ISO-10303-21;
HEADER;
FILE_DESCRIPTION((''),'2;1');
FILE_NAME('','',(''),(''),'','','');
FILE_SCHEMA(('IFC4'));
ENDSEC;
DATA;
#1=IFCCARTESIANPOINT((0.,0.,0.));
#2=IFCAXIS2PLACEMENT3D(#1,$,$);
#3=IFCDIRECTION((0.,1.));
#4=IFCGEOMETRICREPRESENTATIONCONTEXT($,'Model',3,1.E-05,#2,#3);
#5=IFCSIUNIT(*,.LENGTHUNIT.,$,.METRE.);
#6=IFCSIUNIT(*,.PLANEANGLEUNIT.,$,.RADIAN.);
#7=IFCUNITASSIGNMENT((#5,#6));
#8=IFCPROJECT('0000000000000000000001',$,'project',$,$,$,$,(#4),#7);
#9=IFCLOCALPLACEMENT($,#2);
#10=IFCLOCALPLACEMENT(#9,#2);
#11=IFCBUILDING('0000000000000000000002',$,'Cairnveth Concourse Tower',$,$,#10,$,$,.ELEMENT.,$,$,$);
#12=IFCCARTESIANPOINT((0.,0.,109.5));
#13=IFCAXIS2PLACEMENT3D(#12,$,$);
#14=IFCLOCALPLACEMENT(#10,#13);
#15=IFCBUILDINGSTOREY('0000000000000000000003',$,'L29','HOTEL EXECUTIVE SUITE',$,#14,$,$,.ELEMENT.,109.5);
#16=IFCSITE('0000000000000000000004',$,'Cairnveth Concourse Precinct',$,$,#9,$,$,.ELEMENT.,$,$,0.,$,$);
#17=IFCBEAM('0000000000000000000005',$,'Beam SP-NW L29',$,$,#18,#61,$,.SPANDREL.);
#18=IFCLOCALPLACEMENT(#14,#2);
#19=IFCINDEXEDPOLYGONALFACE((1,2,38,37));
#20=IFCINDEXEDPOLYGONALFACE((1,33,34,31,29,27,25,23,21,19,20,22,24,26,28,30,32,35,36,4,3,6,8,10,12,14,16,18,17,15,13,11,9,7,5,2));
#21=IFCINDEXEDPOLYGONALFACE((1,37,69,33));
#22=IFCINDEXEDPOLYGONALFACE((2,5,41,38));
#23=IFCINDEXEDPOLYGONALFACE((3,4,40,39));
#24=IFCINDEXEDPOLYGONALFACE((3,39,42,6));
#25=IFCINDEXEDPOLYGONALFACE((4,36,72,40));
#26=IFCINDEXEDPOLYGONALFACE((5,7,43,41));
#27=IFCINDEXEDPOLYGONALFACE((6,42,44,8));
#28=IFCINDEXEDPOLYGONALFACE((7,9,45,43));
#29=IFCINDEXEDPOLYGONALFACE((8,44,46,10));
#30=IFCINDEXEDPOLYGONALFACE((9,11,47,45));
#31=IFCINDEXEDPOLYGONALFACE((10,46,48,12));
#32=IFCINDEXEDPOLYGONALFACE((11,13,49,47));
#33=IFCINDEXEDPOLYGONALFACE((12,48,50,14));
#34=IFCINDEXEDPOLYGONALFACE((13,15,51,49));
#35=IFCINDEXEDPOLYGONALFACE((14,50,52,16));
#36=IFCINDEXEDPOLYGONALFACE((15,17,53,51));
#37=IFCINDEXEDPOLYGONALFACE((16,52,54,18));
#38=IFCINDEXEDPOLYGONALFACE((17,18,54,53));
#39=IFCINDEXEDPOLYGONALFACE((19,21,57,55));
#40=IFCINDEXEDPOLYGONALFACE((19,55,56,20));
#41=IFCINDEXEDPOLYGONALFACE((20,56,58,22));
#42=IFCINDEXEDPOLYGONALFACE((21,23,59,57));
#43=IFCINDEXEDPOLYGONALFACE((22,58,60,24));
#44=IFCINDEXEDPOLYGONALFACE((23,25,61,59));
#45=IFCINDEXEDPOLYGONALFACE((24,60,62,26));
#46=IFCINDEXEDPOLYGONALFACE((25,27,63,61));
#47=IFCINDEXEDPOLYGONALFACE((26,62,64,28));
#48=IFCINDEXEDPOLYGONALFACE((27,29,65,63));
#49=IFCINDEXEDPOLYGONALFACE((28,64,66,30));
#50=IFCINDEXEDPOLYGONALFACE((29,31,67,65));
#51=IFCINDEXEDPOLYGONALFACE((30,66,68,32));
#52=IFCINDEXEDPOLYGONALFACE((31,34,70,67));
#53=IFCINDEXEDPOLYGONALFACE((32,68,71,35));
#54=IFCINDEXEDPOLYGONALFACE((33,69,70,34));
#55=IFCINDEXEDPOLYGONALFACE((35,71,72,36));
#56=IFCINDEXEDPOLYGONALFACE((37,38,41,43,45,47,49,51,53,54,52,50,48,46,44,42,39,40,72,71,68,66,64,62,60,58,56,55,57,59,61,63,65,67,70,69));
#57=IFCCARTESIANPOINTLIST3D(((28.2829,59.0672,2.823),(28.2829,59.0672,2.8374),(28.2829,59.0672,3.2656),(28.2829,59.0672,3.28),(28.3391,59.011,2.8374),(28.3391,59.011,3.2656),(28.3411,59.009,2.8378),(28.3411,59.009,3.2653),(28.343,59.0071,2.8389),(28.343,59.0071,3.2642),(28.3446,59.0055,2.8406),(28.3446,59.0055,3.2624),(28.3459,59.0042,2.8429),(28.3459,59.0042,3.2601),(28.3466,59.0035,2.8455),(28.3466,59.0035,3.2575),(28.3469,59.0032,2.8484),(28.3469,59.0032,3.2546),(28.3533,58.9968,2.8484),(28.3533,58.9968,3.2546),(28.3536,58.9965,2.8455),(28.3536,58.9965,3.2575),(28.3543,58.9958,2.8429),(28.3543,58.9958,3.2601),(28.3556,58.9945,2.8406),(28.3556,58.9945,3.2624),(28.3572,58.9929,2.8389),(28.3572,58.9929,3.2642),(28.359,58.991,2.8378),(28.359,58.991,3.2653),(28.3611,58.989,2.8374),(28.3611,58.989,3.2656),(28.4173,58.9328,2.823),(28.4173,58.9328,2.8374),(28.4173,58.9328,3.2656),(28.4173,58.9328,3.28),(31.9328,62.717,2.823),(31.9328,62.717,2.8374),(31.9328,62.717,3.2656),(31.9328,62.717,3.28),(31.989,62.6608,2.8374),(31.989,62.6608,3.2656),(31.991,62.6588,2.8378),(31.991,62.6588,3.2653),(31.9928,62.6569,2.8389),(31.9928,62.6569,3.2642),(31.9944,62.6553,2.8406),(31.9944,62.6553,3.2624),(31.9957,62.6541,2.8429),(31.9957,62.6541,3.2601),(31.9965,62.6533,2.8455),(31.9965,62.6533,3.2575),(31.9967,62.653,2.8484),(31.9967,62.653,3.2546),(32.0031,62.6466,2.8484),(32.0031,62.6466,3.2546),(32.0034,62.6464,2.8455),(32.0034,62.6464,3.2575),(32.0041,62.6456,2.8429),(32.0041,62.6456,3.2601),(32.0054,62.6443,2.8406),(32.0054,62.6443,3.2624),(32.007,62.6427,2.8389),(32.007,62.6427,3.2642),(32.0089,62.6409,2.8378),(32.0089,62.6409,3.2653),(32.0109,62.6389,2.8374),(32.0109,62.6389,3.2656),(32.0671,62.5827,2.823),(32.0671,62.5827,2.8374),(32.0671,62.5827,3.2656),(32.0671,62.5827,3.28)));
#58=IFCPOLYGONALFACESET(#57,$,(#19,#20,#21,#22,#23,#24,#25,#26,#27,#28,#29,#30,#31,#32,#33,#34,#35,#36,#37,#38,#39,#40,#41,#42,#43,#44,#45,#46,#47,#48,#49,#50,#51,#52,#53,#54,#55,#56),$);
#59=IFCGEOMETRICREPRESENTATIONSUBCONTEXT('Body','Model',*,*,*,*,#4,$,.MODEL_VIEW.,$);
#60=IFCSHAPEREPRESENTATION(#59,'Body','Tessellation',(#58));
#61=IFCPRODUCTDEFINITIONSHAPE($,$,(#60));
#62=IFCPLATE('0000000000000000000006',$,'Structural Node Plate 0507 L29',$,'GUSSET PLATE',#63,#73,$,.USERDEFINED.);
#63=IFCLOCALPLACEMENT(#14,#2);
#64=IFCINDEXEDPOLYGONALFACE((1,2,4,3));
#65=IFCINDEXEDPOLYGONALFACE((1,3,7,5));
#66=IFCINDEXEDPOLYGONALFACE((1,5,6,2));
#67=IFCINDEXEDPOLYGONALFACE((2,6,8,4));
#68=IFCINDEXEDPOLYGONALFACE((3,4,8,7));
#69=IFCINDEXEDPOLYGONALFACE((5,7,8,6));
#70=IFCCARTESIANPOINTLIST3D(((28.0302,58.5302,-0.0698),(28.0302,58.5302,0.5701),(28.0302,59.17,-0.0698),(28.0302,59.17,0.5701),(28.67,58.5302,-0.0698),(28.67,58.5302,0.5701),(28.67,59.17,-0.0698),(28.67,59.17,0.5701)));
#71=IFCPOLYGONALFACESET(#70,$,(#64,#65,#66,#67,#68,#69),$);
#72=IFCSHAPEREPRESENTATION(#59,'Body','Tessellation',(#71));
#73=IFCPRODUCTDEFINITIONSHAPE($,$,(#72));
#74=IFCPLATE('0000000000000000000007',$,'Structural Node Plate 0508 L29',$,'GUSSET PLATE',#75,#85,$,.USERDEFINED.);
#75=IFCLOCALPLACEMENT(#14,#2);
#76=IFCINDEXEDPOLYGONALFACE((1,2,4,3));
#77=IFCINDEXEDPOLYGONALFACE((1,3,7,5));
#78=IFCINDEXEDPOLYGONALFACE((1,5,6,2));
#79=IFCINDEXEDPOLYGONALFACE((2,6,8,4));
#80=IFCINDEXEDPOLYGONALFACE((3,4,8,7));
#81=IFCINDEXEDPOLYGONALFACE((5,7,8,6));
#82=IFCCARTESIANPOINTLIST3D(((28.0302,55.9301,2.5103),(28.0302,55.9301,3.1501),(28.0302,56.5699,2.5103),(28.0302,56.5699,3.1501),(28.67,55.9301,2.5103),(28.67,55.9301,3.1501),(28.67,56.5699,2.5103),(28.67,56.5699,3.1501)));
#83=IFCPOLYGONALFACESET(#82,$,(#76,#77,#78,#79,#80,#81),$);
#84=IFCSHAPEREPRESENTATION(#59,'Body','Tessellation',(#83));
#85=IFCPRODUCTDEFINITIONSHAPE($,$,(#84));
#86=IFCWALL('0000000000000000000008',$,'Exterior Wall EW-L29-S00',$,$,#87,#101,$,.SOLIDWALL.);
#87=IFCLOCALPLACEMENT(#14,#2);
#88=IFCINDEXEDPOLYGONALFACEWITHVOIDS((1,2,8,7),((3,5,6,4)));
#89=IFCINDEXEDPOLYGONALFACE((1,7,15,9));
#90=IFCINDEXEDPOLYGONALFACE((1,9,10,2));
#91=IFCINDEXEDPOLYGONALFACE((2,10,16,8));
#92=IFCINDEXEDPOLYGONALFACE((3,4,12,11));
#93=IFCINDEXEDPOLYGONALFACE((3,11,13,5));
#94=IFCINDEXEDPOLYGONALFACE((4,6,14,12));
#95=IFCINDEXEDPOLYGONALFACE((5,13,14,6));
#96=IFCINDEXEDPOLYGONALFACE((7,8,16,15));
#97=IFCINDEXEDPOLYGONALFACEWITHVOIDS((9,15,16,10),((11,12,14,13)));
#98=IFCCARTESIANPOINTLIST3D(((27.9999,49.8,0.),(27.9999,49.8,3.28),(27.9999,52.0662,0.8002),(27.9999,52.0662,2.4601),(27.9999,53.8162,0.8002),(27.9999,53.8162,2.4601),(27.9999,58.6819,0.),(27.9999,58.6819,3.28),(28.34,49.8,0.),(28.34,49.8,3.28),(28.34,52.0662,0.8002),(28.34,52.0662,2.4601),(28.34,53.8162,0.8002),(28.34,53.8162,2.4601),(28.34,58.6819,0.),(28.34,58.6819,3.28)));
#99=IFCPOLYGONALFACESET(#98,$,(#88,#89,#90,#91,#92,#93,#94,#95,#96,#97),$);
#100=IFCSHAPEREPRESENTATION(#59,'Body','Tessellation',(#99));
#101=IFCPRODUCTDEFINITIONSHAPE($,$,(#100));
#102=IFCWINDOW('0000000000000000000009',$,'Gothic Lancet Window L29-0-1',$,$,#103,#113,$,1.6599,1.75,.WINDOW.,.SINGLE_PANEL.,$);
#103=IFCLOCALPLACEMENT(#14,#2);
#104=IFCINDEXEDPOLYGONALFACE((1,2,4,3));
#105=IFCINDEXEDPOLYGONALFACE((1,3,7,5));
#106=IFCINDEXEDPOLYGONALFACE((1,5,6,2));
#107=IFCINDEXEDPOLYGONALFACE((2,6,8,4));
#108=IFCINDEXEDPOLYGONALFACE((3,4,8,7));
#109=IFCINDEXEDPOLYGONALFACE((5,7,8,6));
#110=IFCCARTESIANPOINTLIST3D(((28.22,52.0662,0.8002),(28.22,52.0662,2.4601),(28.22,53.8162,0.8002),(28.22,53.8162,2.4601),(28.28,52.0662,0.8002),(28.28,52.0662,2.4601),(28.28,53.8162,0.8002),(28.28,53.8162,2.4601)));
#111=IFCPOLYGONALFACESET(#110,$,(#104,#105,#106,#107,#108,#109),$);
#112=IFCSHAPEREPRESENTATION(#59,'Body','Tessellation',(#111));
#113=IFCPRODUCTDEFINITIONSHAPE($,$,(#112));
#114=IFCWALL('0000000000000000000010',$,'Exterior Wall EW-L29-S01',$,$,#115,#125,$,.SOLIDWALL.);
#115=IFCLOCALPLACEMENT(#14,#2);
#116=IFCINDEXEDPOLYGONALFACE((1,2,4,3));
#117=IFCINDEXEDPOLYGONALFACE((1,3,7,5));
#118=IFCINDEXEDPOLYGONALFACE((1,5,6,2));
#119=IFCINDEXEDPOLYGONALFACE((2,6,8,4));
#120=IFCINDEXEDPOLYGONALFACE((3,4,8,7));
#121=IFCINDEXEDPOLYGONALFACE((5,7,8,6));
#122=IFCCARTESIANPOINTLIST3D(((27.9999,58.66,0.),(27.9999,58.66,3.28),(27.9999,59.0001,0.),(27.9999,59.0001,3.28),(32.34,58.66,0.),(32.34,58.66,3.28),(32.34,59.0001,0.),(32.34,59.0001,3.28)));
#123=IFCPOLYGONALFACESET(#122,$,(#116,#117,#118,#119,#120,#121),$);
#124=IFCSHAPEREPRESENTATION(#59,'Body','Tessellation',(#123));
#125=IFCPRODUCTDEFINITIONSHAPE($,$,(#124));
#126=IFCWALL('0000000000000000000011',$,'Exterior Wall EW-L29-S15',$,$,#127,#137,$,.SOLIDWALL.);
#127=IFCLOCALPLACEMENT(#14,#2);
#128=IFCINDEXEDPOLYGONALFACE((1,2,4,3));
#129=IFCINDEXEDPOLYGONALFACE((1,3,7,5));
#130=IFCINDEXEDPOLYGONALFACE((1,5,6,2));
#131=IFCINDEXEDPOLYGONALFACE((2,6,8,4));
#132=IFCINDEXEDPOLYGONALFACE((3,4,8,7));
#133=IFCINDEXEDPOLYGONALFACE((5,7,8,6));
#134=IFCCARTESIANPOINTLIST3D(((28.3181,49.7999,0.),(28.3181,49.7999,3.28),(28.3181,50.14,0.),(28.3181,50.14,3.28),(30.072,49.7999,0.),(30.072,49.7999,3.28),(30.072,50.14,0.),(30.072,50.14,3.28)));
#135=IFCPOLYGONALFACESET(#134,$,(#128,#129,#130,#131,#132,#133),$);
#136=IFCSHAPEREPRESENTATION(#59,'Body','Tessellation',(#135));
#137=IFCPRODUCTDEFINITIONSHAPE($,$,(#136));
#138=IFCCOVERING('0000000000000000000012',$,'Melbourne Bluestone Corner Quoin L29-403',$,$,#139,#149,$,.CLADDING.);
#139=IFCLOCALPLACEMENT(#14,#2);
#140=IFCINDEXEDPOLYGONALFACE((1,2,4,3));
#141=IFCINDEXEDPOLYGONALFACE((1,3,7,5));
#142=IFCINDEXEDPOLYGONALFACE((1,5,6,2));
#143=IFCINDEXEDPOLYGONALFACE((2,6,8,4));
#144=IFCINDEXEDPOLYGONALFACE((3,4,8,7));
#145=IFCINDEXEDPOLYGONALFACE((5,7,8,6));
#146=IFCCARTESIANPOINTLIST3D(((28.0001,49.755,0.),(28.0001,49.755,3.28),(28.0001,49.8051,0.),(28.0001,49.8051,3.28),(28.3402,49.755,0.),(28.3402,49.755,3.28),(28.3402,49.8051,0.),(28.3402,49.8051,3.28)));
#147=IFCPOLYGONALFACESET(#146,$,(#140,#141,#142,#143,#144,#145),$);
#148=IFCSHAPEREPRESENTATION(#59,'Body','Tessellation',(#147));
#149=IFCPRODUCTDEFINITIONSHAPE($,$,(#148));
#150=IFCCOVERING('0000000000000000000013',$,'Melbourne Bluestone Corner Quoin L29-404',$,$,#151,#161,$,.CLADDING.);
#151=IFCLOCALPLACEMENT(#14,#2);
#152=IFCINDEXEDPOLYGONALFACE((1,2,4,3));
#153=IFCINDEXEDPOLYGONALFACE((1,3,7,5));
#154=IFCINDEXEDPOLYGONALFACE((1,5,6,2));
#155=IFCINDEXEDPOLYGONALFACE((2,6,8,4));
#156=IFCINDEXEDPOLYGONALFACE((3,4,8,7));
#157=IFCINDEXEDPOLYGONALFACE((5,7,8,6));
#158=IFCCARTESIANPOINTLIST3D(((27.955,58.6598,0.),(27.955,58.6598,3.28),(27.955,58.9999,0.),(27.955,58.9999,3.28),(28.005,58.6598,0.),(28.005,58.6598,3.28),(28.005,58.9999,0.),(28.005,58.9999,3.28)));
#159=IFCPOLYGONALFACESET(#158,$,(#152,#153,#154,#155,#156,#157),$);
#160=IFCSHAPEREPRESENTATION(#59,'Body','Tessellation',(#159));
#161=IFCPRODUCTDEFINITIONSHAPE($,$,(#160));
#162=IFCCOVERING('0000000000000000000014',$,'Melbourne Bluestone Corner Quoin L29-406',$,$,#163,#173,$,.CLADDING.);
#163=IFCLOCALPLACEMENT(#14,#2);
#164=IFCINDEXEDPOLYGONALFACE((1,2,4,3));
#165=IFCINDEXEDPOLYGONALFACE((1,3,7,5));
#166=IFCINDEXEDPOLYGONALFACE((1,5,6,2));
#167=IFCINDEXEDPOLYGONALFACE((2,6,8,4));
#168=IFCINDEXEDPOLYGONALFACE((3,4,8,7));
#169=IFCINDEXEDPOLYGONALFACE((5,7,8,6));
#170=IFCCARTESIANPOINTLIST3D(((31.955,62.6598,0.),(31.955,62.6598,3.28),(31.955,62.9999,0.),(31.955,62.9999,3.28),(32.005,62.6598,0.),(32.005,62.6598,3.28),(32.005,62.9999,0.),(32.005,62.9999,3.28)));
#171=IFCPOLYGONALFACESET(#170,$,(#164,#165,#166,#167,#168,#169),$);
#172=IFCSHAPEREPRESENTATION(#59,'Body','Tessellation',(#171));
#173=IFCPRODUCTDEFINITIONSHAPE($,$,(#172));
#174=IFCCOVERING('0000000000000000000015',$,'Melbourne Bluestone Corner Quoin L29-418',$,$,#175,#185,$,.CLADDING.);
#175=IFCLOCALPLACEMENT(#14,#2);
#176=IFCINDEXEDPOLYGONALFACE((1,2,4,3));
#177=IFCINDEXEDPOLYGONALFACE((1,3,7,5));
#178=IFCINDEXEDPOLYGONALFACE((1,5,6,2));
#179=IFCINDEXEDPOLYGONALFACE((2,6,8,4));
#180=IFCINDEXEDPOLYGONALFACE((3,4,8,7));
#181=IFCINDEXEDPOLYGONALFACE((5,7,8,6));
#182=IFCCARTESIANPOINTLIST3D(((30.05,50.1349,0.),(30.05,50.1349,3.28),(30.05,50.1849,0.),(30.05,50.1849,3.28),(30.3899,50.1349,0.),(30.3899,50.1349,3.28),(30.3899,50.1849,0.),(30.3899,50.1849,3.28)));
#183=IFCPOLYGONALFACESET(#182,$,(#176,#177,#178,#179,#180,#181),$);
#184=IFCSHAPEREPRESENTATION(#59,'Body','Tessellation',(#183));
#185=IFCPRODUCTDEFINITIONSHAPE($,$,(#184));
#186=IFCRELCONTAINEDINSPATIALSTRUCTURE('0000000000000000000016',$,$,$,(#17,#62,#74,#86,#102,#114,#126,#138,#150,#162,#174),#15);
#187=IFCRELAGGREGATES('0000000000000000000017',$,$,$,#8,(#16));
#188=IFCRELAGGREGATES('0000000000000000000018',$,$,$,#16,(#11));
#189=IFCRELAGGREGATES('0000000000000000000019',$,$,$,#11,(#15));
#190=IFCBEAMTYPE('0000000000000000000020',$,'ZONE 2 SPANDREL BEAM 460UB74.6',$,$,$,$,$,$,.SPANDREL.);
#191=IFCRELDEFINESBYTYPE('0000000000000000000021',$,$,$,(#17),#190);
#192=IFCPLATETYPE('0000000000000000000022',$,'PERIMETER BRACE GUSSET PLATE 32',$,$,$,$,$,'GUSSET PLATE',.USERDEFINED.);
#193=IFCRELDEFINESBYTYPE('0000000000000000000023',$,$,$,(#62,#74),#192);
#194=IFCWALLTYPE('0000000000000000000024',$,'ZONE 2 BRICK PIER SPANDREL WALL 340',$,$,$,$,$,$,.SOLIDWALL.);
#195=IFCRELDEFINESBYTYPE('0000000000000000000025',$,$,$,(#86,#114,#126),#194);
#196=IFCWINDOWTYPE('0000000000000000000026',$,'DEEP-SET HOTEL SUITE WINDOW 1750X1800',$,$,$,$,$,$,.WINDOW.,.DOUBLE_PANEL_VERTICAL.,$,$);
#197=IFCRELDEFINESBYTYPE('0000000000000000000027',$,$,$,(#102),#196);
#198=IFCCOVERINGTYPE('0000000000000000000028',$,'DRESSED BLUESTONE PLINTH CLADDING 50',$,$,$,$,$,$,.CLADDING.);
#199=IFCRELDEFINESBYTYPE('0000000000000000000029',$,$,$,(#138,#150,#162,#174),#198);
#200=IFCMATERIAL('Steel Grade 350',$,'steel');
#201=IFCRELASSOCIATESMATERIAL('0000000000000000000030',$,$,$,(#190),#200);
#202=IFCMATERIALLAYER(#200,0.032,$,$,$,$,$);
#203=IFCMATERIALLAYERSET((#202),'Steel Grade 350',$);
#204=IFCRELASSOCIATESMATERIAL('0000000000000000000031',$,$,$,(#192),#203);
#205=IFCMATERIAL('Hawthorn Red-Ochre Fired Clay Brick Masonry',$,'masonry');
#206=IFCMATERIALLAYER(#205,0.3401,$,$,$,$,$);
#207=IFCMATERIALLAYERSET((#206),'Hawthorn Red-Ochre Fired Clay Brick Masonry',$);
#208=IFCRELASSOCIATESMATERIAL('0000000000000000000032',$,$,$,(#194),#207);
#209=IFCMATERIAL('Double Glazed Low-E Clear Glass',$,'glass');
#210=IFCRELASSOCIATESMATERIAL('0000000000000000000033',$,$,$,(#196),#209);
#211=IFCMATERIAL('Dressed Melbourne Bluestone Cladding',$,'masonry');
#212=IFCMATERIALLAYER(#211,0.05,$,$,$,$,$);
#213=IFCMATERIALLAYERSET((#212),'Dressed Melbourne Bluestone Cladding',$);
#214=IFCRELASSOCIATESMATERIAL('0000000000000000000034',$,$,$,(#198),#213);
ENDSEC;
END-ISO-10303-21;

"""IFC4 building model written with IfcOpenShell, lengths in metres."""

from ifc_helpers import new_model, si_unit, direction, frame, frame_2d, origin, origin_2d, place, context, subcontext, project, spatial, rectangle, i_section, extrude, material, layer, layer_set, material_profile, profile_set, type_object, element, fill, save


model = new_model("IFC4")

# Units and contexts
model_context = context("Model", 3, precision=1e-05, world=origin(), true_north=direction((0.0, 1.0)))
body_context = subcontext(model_context, "Body", "Model", "MODEL_VIEW")
ifc_project = project(units=[si_unit("LENGTHUNIT", "METRE"), si_unit("PLANEANGLEUNIT", "RADIAN")], contexts=[model_context])

# Site, building, storey
site_placement = place(None, origin())
site = spatial("IfcSite", under=ifc_project, at=site_placement, Name="Cairnveth Concourse Precinct", CompositionType="ELEMENT", RefElevation=0.0)
building_placement = place(site_placement, origin())
building = spatial("IfcBuilding", under=site, at=building_placement, Name="Cairnveth Concourse Tower", CompositionType="ELEMENT")
storey_placement = place(building_placement, frame((0.0, 0.0, 109.5)))
storey = spatial("IfcBuildingStorey", under=building, at=storey_placement, Name="L29", Description="HOTEL EXECUTIVE SUITE", CompositionType="ELEMENT", Elevation=109.5)

# Shared definitions
ifc_material_1 = material(Name="Steel Grade 350", Category="steel")

# Beam
ifc_material_profile_1 = material_profile(ifc_material_1, i_section(OverallWidth=0.1899, OverallDepth=0.457, WebThickness=0.009, FlangeThickness=0.0144, FilletRadius=0.011, at=origin_2d()), Name="460UB74.6")
ifc_profile_set_1 = profile_set([ifc_material_profile_1], Name="Steel Grade 350")
beam_type_1 = type_object("IfcBeamType", Name="ZONE 2 SPANDREL BEAM 460UB74.6", PredefinedType="SPANDREL", material=ifc_profile_set_1)
beam_1_placement = place(storey_placement, frame((28.3501, 59.0, 3.0515), z_axis=(0.707107, 0.707107, 0.0), x_axis=(-0.707107, 0.707107, 0.0)))
element("IfcBeam", 1, at=beam_1_placement, inside=storey, type_object=beam_type_1, Name="Beam SP-NW L29", PredefinedType="SPANDREL", context=body_context, shape_type="SweptSolid", body=[
    extrude(i_section(OverallWidth=0.1899, OverallDepth=0.457, WebThickness=0.009, FlangeThickness=0.0144, FilletRadius=0.011, at=origin_2d()), origin(), (0.0, 0.0, 1.0), 5.1616),
])

# Plates
ifc_layer_1 = layer(ifc_material_1, 0.032)
ifc_layer_set_1 = layer_set([ifc_layer_1], Name="Steel Grade 350")
plate_type = type_object("IfcPlateType", Name="PERIMETER BRACE GUSSET PLATE 32", ElementType="GUSSET PLATE", PredefinedType="USERDEFINED", material=ifc_layer_set_1)
for number, where, z_axis, x_axis, name in (
    (2, (28.3501, 58.8501, -0.0698), (0.0, 0.0, 1.0), (1.0, 0.0, 0.0), "Structural Node Plate 0507 L29"),
    (3, (28.3501, 56.25, 2.5103), (0.0, 0.0, 1.0), (1.0, 0.0, 0.0), "Structural Node Plate 0508 L29"),
):
    element("IfcPlate", number, at=place(storey_placement, frame(where, z_axis=z_axis, x_axis=x_axis)), inside=storey, type_object=plate_type, Name=name, ObjectType="GUSSET PLATE", PredefinedType="USERDEFINED", context=body_context, shape_type="SweptSolid", body=[
        extrude(rectangle(XDim=0.6399, YDim=0.6399, at=origin_2d()), origin(), (0.0, 0.0, 1.0), 0.6399),
    ])

# Wall, opening, window
ifc_material_2 = material(Name="Hawthorn Red-Ochre Fired Clay Brick Masonry", Category="masonry")
ifc_layer_2 = layer(ifc_material_2, 0.3401)
ifc_layer_set_2 = layer_set([ifc_layer_2], Name="Hawthorn Red-Ochre Fired Clay Brick Masonry")
wall_type = type_object("IfcWallType", Name="ZONE 2 BRICK PIER SPANDREL WALL 340", PredefinedType="SOLIDWALL", material=ifc_layer_set_2)
wall_1_placement = place(storey_placement, frame((28.1699, 49.8, 0.0), z_axis=(0.0, 0.0, 1.0), x_axis=(0.0, 1.0, 0.0)))
wall_1 = element("IfcWall", 4, at=wall_1_placement, inside=storey, type_object=wall_type, Name="Exterior Wall EW-L29-S00", PredefinedType="SOLIDWALL", context=body_context, shape_type="SweptSolid", body=[
    extrude(rectangle(XDim=8.8818, YDim=0.3401, at=frame_2d((4.4409, 0.0))), origin(), (0.0, 0.0, 1.0), 3.28),
])
opening_placement = place(wall_1_placement, frame((2.2661, 0.0, 0.8)))
opening = element("IfcOpeningElement", 5, at=opening_placement, cuts=wall_1, PredefinedType="OPENING", context=body_context, shape_type="SweptSolid", body=[
    extrude(rectangle(XDim=1.75, YDim=1.6599, at=frame_2d((0.875, 0.8301))), frame((0.0, 0.1799, 0.0), z_axis=(0.0, -1.0, 0.0), x_axis=(1.0, 0.0, 0.0)), (0.0, 0.0, 1.0), 0.3601),
])
ifc_material_3 = material(Name="Double Glazed Low-E Clear Glass", Category="glass")
window_type = type_object("IfcWindowType", Name="DEEP-SET HOTEL SUITE WINDOW 1750X1800", PartitioningType="DOUBLE_PANEL_VERTICAL", PredefinedType="WINDOW", material=ifc_material_3)
window_placement = place(opening_placement, origin())
window = element("IfcWindow", 6, at=window_placement, inside=storey, type_object=window_type, Name="Gothic Lancet Window L29-0-1", OverallHeight=1.6599, OverallWidth=1.75, PartitioningType="SINGLE_PANEL", PredefinedType="WINDOW", context=body_context, shape_type="SweptSolid", body=[
    extrude(rectangle(XDim=1.75, YDim=1.6599, at=frame_2d((0.875, 0.8301))), frame((0.0, -0.05, 0.0), z_axis=(0.0, -1.0, 0.0), x_axis=(1.0, 0.0, 0.0)), (0.0, 0.0, 1.0), 0.0601),
])
fill(opening, window)

# Walls
wall_2_placement = place(storey_placement, frame((28.0, 58.8301, 0.0), z_axis=(0.0, 0.0, 1.0), x_axis=(1.0, 0.0, 0.0)))
element("IfcWall", 7, at=wall_2_placement, inside=storey, type_object=wall_type, Name="Exterior Wall EW-L29-S01", PredefinedType="SOLIDWALL", context=body_context, shape_type="SweptSolid", body=[
    extrude(rectangle(XDim=4.3401, YDim=0.3401, at=frame_2d((2.1699, 0.0))), origin(), (0.0, 0.0, 1.0), 3.28),
])
wall_3_placement = place(storey_placement, frame((30.072, 49.97, 0.0), z_axis=(0.0, 0.0, 1.0), x_axis=(-1.0, 0.0, 0.0)))
element("IfcWall", 8, at=wall_3_placement, inside=storey, type_object=wall_type, Name="Exterior Wall EW-L29-S15", PredefinedType="SOLIDWALL", context=body_context, shape_type="SweptSolid", body=[
    extrude(rectangle(XDim=1.7539, YDim=0.3401, at=frame_2d((0.877, 0.0))), origin(), (0.0, 0.0, 1.0), 3.28),
])

# Coverings
ifc_material_4 = material(Name="Dressed Melbourne Bluestone Cladding", Category="masonry")
ifc_layer_3 = layer(ifc_material_4, 0.05)
ifc_layer_set_3 = layer_set([ifc_layer_3], Name="Dressed Melbourne Bluestone Cladding")
covering_type = type_object("IfcCoveringType", Name="DRESSED BLUESTONE PLINTH CLADDING 50", PredefinedType="CLADDING", material=ifc_layer_set_3)
for number, where, z_axis, x_axis, name in (
    (9, (28.3401, 49.78, 0.0), (0.0, 0.0, 1.0), (-1.0, 0.0, 0.0), "Melbourne Bluestone Corner Quoin L29-403"),
    (10, (27.98, 58.6599, 0.0), (0.0, 0.0, 1.0), (0.0, 1.0, 0.0), "Melbourne Bluestone Corner Quoin L29-404"),
    (11, (31.98, 62.6599, 0.0), (0.0, 0.0, 1.0), (0.0, 1.0, 0.0), "Melbourne Bluestone Corner Quoin L29-406"),
):
    element("IfcCovering", number, at=place(storey_placement, frame(where, z_axis=z_axis, x_axis=x_axis)), inside=storey, type_object=covering_type, Name=name, PredefinedType="CLADDING", context=body_context, shape_type="SweptSolid", body=[
        extrude(rectangle(XDim=0.3401, YDim=0.05, at=frame_2d((0.1699, 0.0))), origin(), (0.0, 0.0, 1.0), 3.28),
    ])
covering_placement = place(storey_placement, frame((30.3899, 50.1599, 0.0), z_axis=(0.0, 0.0, 1.0), x_axis=(-1.0, 0.0, 0.0)))
element("IfcCovering", 12, at=covering_placement, inside=storey, type_object=covering_type, Name="Melbourne Bluestone Corner Quoin L29-418", PredefinedType="CLADDING", context=body_context, shape_type="SweptSolid", body=[
    extrude(rectangle(XDim=0.3398, YDim=0.05, at=frame_2d((0.1699, 0.0))), origin(), (0.0, 0.0, 1.0), 3.28),
])

save(model, "model.ifc")
